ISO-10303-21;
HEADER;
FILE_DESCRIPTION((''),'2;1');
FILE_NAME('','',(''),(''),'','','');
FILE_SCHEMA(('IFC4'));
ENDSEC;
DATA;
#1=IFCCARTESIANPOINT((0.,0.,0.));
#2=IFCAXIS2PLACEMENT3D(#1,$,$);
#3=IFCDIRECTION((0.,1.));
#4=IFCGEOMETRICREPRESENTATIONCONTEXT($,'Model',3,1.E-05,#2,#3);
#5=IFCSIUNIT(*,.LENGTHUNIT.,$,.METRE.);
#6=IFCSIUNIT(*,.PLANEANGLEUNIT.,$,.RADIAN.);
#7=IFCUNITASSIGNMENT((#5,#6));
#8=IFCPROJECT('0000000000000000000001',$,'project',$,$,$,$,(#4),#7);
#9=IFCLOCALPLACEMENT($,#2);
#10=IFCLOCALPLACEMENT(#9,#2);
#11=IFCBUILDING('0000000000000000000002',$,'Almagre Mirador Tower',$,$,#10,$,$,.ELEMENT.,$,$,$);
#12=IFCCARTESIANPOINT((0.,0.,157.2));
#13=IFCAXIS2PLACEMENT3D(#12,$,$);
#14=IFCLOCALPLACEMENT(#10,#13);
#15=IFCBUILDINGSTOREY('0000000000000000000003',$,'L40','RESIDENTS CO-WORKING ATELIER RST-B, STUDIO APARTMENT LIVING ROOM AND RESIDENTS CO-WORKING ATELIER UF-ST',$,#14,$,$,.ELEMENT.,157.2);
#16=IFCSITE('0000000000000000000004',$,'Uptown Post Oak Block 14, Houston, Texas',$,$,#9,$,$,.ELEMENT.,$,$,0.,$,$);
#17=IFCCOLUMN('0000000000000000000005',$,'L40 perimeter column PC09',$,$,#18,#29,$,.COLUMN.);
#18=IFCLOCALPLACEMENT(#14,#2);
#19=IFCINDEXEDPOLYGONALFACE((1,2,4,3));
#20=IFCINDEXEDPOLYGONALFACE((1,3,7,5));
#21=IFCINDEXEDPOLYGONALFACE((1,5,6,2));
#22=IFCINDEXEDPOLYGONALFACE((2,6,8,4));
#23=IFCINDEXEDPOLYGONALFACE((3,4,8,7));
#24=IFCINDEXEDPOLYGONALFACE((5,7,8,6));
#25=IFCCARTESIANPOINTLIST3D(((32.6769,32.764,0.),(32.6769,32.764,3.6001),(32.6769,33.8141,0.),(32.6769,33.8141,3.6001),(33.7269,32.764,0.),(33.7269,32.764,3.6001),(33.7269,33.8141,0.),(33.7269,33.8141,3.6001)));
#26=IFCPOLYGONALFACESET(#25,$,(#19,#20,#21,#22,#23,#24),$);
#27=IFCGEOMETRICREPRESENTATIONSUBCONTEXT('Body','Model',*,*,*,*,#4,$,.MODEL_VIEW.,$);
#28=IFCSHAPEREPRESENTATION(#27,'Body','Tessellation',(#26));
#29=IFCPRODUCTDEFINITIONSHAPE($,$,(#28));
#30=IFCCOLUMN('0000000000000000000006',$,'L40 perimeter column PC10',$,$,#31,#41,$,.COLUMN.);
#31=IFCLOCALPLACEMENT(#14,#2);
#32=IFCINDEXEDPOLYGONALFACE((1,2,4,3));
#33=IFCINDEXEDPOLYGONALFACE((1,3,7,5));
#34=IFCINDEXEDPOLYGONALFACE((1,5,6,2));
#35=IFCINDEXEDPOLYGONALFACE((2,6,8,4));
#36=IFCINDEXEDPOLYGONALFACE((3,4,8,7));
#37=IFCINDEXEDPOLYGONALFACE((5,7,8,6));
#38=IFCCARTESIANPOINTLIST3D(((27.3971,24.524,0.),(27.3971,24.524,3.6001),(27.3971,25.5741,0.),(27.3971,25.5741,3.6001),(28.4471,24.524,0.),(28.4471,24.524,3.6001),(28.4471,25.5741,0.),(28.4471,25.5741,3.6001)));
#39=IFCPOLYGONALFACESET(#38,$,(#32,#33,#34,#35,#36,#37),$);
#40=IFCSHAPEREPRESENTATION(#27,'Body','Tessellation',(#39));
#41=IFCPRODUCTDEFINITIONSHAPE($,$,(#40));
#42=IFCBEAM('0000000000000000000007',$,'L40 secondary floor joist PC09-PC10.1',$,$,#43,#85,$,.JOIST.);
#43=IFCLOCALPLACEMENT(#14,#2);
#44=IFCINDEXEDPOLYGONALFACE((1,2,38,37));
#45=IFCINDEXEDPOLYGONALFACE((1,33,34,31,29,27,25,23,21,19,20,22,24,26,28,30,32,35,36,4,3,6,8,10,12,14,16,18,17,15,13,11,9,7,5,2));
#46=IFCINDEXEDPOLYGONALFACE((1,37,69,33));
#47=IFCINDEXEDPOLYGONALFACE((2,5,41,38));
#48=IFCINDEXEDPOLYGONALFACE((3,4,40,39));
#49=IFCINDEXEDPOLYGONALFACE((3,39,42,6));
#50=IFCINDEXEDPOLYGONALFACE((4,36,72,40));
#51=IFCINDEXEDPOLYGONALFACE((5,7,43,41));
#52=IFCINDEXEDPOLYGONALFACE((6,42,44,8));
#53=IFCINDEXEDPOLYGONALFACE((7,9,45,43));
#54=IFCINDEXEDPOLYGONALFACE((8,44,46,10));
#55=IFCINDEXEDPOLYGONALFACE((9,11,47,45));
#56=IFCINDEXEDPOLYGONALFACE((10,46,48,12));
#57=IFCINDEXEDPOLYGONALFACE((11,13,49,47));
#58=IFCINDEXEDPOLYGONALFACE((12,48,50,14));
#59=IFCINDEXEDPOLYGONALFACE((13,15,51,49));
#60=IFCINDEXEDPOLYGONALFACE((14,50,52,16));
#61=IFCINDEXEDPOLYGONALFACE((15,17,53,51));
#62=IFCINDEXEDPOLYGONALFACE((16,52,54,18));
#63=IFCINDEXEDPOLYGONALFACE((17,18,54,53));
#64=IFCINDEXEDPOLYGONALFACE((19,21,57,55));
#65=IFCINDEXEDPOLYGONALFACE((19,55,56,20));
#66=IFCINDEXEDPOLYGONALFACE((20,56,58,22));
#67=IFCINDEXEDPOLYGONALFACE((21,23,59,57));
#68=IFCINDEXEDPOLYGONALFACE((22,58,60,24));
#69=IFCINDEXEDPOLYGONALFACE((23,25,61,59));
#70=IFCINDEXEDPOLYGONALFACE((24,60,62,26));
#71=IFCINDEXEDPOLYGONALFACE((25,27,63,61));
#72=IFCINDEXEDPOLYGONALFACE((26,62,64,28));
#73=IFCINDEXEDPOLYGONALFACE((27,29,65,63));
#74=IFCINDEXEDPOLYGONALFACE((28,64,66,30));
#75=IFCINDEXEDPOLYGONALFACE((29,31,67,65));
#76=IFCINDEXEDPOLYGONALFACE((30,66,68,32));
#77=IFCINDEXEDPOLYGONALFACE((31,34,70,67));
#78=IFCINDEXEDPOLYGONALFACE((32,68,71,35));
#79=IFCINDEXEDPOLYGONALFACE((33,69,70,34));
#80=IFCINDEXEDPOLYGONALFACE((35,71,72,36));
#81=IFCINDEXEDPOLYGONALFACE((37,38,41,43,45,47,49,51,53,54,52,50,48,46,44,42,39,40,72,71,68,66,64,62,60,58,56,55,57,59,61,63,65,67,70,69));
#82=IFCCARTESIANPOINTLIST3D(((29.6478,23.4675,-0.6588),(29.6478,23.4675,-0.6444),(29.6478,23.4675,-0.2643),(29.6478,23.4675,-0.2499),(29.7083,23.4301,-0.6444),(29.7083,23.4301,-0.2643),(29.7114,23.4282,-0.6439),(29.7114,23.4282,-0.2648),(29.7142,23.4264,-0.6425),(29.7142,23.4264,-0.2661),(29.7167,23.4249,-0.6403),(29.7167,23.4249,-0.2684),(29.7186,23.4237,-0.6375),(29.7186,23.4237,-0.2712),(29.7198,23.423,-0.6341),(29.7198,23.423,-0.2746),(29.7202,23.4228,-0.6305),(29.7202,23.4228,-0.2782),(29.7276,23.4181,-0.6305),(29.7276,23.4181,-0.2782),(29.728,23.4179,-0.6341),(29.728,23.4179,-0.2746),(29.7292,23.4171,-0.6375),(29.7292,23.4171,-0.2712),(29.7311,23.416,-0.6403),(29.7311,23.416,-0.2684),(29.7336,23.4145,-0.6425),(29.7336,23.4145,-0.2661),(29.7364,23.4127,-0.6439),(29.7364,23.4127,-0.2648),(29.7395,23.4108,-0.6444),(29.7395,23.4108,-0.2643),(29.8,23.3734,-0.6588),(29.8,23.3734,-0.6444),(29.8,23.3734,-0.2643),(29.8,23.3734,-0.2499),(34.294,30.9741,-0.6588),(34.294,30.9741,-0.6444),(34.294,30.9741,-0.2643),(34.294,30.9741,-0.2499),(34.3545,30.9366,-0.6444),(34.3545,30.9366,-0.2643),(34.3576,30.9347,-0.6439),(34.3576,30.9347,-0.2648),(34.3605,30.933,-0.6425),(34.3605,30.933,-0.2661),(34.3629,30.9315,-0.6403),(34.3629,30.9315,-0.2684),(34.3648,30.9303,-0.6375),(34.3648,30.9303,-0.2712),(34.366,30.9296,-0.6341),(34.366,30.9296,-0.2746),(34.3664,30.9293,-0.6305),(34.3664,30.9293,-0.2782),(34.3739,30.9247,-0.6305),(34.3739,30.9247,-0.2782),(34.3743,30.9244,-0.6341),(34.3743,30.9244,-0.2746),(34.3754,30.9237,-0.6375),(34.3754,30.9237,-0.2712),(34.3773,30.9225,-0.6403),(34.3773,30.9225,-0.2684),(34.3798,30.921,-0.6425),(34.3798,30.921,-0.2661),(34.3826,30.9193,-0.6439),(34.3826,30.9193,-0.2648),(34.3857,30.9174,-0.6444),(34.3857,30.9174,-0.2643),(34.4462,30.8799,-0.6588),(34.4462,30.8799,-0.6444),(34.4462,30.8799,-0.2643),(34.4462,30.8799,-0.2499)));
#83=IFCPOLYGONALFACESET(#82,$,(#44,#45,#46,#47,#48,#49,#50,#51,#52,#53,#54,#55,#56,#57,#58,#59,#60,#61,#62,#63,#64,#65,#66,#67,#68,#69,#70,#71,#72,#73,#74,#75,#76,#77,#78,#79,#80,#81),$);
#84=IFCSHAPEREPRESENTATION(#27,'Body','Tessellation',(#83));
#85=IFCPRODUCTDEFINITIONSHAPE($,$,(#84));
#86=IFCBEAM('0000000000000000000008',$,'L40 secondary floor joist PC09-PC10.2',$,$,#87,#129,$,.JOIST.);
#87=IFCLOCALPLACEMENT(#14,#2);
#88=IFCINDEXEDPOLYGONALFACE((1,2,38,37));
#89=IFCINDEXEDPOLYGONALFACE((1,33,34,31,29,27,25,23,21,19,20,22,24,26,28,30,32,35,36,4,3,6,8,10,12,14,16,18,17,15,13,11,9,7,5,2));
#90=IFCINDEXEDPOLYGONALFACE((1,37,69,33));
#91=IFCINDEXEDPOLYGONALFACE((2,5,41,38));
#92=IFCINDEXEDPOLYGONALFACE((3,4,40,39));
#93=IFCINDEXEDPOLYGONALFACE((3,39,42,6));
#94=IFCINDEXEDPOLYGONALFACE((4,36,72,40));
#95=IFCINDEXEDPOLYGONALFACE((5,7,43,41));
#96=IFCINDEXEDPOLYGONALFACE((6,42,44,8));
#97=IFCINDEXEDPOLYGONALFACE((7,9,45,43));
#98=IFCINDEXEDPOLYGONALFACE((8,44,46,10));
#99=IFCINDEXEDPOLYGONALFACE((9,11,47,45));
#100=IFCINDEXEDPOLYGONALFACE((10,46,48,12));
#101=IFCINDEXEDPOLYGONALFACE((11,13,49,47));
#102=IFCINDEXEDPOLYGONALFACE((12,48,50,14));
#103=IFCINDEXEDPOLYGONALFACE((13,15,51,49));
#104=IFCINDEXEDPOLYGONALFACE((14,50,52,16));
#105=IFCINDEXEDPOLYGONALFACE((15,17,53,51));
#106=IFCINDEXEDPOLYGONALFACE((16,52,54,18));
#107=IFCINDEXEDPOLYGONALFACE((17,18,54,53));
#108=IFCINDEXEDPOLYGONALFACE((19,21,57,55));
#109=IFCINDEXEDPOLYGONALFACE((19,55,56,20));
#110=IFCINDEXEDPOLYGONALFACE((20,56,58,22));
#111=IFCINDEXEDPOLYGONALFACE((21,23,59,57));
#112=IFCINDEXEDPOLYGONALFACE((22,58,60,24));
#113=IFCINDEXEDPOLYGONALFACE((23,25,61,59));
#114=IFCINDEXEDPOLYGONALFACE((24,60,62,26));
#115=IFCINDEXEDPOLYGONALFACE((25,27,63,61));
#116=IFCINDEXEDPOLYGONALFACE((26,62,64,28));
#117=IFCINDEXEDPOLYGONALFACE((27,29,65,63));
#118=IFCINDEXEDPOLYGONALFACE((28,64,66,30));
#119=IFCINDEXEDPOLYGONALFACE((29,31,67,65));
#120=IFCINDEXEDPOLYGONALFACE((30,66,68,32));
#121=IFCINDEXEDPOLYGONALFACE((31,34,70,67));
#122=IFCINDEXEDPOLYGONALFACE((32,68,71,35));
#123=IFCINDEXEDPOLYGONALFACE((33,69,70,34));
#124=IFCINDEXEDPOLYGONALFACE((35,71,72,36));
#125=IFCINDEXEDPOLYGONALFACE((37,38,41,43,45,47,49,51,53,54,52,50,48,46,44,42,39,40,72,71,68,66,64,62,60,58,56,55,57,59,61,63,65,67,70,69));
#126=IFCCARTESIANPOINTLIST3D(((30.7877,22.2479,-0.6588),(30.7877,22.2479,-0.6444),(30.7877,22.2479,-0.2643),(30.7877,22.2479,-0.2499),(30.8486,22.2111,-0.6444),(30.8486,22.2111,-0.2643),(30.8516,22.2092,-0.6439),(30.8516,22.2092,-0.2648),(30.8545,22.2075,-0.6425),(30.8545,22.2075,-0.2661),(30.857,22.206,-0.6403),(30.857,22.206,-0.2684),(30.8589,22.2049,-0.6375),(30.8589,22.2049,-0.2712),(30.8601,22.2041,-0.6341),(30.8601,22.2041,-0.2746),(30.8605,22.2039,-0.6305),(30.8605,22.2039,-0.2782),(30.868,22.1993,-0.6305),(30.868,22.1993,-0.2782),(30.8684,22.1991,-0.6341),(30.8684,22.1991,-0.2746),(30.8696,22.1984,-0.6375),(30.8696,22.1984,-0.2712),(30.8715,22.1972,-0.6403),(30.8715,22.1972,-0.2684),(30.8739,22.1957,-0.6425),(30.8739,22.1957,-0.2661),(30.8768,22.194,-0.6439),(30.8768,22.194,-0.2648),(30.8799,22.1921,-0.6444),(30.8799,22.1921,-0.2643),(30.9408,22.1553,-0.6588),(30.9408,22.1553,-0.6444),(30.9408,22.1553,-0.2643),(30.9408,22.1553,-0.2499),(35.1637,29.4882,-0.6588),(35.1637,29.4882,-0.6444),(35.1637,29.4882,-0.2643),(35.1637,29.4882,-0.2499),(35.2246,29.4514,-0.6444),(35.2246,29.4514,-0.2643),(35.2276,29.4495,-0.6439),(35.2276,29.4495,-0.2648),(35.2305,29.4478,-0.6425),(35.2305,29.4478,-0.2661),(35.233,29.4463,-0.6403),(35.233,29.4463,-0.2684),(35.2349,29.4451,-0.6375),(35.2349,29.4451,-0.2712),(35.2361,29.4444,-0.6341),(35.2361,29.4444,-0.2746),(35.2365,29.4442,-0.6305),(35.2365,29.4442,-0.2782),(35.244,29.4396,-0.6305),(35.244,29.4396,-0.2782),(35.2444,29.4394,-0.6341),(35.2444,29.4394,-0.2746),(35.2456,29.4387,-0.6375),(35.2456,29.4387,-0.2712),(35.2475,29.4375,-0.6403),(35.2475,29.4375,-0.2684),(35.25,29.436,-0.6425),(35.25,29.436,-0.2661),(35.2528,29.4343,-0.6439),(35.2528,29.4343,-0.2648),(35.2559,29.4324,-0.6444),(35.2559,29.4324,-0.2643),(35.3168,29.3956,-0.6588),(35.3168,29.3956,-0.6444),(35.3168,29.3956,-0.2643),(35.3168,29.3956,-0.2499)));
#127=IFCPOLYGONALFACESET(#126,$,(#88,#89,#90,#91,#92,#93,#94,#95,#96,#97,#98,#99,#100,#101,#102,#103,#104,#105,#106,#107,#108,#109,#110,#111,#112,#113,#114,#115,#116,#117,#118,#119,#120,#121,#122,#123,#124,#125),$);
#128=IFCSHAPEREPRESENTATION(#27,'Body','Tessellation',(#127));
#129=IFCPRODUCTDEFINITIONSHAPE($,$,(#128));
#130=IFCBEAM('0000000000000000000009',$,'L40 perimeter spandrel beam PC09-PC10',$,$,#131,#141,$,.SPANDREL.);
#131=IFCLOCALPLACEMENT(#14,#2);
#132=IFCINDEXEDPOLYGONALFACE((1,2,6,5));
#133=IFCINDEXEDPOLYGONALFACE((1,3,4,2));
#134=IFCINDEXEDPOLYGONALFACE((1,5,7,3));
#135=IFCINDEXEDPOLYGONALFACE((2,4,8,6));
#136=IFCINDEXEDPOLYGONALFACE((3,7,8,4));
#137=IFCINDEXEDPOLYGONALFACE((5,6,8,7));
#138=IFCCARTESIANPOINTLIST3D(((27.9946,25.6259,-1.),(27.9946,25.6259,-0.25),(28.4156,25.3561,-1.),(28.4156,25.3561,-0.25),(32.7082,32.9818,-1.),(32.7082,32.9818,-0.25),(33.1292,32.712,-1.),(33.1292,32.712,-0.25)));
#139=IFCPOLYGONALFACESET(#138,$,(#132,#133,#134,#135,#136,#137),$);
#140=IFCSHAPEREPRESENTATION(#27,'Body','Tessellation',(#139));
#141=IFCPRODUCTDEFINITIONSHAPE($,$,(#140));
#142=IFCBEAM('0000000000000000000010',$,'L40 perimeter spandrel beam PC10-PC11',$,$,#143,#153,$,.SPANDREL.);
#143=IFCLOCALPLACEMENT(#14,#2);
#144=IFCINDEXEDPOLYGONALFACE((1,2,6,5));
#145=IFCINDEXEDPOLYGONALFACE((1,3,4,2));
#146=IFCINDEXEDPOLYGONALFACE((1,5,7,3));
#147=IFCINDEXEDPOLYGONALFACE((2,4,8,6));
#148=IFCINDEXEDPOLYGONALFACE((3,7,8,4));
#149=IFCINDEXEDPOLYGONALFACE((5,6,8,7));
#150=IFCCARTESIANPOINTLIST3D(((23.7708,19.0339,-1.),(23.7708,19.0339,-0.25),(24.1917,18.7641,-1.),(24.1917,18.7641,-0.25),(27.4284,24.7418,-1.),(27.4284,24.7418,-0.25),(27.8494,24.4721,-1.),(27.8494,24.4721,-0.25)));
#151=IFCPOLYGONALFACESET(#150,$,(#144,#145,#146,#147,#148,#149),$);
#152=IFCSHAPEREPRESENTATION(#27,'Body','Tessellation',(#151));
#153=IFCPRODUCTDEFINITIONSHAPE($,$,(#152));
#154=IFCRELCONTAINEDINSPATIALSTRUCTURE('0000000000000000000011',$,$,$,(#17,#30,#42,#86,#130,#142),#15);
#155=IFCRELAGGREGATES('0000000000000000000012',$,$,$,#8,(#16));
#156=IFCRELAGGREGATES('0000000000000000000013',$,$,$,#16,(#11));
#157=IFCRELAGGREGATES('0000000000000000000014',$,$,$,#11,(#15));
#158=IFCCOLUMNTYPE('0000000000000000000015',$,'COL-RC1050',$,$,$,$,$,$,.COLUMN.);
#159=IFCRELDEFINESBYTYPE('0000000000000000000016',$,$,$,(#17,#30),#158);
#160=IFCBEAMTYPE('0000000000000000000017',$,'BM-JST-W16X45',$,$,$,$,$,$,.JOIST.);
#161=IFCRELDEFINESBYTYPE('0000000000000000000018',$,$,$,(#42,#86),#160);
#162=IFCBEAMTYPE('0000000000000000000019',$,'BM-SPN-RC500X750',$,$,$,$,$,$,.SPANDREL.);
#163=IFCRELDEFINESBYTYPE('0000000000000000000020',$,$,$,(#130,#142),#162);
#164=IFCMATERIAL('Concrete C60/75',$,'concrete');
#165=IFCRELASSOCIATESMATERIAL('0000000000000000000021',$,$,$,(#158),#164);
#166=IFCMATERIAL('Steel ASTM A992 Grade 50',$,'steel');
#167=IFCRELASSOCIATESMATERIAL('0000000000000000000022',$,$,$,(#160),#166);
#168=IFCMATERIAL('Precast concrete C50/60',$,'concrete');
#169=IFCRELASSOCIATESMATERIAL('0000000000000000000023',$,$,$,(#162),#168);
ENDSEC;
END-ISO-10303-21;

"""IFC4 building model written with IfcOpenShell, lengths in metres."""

from ifc_helpers import new_model, si_unit, direction, frame, origin, origin_2d, place, context, subcontext, project, spatial, rectangle, i_section, extrude, material, material_profile, profile_set, type_object, element, save


model = new_model("IFC4")

# Units and contexts
model_context = context("Model", 3, precision=1e-05, world=origin(), true_north=direction((0.0, 1.0)))
body_context = subcontext(model_context, "Body", "Model", "MODEL_VIEW")
ifc_project = project(units=[si_unit("LENGTHUNIT", "METRE"), si_unit("PLANEANGLEUNIT", "RADIAN")], contexts=[model_context])

# Site, building, storey
site_placement = place(None, origin())
site = spatial("IfcSite", under=ifc_project, at=site_placement, Name="Uptown Post Oak Block 14, Houston, Texas", CompositionType="ELEMENT", RefElevation=0.0)
building_placement = place(site_placement, origin())
building = spatial("IfcBuilding", under=site, at=building_placement, Name="Almagre Mirador Tower", CompositionType="ELEMENT")
storey_placement = place(building_placement, frame((0.0, 0.0, 157.2)))
storey = spatial("IfcBuildingStorey", under=building, at=storey_placement, Name="L40", Description="RESIDENTS CO-WORKING ATELIER RST-B, STUDIO APARTMENT LIVING ROOM AND RESIDENTS CO-WORKING ATELIER UF-ST", CompositionType="ELEMENT", Elevation=157.2)

# Columns
ifc_material_1 = material(Name="Concrete C60/75", Category="concrete")
ifc_material_profile_1 = material_profile(ifc_material_1, rectangle(XDim=1.05, YDim=1.05, at=origin_2d()), Name="RC1050X1050")
ifc_profile_set_1 = profile_set([ifc_material_profile_1], Name="Concrete C60/75")
column_type = type_object("IfcColumnType", Name="COL-RC1050", PredefinedType="COLUMN", material=ifc_profile_set_1)
for number, where, z_axis, x_axis, name in (
    (1, (33.2019, 33.2891, 0.0), (0.0, 0.0, 1.0), (1.0, 0.0, 0.0), "L40 perimeter column PC09"),
    (2, (27.9221, 25.0491, 0.0), (0.0, 0.0, 1.0), (1.0, 0.0, 0.0), "L40 perimeter column PC10"),
):
    element("IfcColumn", number, at=place(storey_placement, frame(where, z_axis=z_axis, x_axis=x_axis)), inside=storey, type_object=column_type, Name=name, PredefinedType="COLUMN", context=body_context, shape_type="SweptSolid", body=[
        extrude(rectangle(XDim=1.05, YDim=1.05, at=origin_2d()), origin(), (0.0, 0.0, 1.0), 3.6001),
    ])

# Beams
ifc_material_2 = material(Name="Steel ASTM A992 Grade 50", Category="steel")
ifc_material_profile_2 = material_profile(ifc_material_2, i_section(OverallWidth=0.179, OverallDepth=0.4089, WebThickness=0.0088, FlangeThickness=0.0144, FilletRadius=0.0139, at=origin_2d()), Name="W16X45")
ifc_profile_set_2 = profile_set([ifc_material_profile_2], Name="Steel ASTM A992 Grade 50")
beam_type_1 = type_object("IfcBeamType", Name="BM-JST-W16X45", PredefinedType="JOIST", material=ifc_profile_set_2)
beam_1_placement = place(storey_placement, frame((34.3701, 30.927, -0.4543), z_axis=(-0.526297, -0.850301, 0.0), x_axis=(0.850301, -0.526297, 0.0)))
element("IfcBeam", 3, at=beam_1_placement, inside=storey, type_object=beam_type_1, Name="L40 secondary floor joist PC09-PC10.1", PredefinedType="JOIST", context=body_context, shape_type="SweptSolid", body=[
    extrude(i_section(OverallWidth=0.179, OverallDepth=0.4089, WebThickness=0.0088, FlangeThickness=0.0144, FilletRadius=0.0139, at=origin_2d()), origin(), (0.0, 0.0, 1.0), 8.8281),
])
beam_2_placement = place(storey_placement, frame((35.2402, 29.4419, -0.4543), z_axis=(-0.51726, -0.855828, 0.0), x_axis=(0.855828, -0.51726, 0.0)))
element("IfcBeam", 4, at=beam_2_placement, inside=storey, type_object=beam_type_1, Name="L40 secondary floor joist PC09-PC10.2", PredefinedType="JOIST", context=body_context, shape_type="SweptSolid", body=[
    extrude(i_section(OverallWidth=0.179, OverallDepth=0.4089, WebThickness=0.0088, FlangeThickness=0.0144, FilletRadius=0.0139, at=origin_2d()), origin(), (0.0, 0.0, 1.0), 8.46),
])
ifc_material_3 = material(Name="Precast concrete C50/60", Category="concrete")
ifc_material_profile_3 = material_profile(ifc_material_3, rectangle(XDim=0.5, YDim=0.75, at=origin_2d()), Name="RC500X750")
ifc_profile_set_3 = profile_set([ifc_material_profile_3], Name="Precast concrete C50/60")
beam_type_2 = type_object("IfcBeamType", Name="BM-SPN-RC500X750", PredefinedType="SPANDREL", material=ifc_profile_set_3)
beam_3_placement = place(storey_placement, frame((32.9187, 32.8469, -0.625), z_axis=(-0.539525, -0.841969, 0.0), x_axis=(0.841969, -0.539525, 0.0)))
element("IfcBeam", 5, at=beam_3_placement, inside=storey, type_object=beam_type_2, Name="L40 perimeter spandrel beam PC09-PC10", PredefinedType="SPANDREL", context=body_context, shape_type="SweptSolid", body=[
    extrude(rectangle(XDim=0.5, YDim=0.75, at=origin_2d()), origin(), (0.0, 0.0, 1.0), 8.7366),
])
beam_4_placement = place(storey_placement, frame((27.6389, 24.6069, -0.625), z_axis=(-0.539534, -0.841964, 0.0), x_axis=(0.841964, -0.539534, 0.0)))
element("IfcBeam", 6, at=beam_4_placement, inside=storey, type_object=beam_type_2, Name="L40 perimeter spandrel beam PC10-PC11", PredefinedType="SPANDREL", context=body_context, shape_type="SweptSolid", body=[
    extrude(rectangle(XDim=0.5, YDim=0.75, at=origin_2d()), origin(), (0.0, 0.0, 1.0), 6.7793),
])

save(model, "model.ifc")
